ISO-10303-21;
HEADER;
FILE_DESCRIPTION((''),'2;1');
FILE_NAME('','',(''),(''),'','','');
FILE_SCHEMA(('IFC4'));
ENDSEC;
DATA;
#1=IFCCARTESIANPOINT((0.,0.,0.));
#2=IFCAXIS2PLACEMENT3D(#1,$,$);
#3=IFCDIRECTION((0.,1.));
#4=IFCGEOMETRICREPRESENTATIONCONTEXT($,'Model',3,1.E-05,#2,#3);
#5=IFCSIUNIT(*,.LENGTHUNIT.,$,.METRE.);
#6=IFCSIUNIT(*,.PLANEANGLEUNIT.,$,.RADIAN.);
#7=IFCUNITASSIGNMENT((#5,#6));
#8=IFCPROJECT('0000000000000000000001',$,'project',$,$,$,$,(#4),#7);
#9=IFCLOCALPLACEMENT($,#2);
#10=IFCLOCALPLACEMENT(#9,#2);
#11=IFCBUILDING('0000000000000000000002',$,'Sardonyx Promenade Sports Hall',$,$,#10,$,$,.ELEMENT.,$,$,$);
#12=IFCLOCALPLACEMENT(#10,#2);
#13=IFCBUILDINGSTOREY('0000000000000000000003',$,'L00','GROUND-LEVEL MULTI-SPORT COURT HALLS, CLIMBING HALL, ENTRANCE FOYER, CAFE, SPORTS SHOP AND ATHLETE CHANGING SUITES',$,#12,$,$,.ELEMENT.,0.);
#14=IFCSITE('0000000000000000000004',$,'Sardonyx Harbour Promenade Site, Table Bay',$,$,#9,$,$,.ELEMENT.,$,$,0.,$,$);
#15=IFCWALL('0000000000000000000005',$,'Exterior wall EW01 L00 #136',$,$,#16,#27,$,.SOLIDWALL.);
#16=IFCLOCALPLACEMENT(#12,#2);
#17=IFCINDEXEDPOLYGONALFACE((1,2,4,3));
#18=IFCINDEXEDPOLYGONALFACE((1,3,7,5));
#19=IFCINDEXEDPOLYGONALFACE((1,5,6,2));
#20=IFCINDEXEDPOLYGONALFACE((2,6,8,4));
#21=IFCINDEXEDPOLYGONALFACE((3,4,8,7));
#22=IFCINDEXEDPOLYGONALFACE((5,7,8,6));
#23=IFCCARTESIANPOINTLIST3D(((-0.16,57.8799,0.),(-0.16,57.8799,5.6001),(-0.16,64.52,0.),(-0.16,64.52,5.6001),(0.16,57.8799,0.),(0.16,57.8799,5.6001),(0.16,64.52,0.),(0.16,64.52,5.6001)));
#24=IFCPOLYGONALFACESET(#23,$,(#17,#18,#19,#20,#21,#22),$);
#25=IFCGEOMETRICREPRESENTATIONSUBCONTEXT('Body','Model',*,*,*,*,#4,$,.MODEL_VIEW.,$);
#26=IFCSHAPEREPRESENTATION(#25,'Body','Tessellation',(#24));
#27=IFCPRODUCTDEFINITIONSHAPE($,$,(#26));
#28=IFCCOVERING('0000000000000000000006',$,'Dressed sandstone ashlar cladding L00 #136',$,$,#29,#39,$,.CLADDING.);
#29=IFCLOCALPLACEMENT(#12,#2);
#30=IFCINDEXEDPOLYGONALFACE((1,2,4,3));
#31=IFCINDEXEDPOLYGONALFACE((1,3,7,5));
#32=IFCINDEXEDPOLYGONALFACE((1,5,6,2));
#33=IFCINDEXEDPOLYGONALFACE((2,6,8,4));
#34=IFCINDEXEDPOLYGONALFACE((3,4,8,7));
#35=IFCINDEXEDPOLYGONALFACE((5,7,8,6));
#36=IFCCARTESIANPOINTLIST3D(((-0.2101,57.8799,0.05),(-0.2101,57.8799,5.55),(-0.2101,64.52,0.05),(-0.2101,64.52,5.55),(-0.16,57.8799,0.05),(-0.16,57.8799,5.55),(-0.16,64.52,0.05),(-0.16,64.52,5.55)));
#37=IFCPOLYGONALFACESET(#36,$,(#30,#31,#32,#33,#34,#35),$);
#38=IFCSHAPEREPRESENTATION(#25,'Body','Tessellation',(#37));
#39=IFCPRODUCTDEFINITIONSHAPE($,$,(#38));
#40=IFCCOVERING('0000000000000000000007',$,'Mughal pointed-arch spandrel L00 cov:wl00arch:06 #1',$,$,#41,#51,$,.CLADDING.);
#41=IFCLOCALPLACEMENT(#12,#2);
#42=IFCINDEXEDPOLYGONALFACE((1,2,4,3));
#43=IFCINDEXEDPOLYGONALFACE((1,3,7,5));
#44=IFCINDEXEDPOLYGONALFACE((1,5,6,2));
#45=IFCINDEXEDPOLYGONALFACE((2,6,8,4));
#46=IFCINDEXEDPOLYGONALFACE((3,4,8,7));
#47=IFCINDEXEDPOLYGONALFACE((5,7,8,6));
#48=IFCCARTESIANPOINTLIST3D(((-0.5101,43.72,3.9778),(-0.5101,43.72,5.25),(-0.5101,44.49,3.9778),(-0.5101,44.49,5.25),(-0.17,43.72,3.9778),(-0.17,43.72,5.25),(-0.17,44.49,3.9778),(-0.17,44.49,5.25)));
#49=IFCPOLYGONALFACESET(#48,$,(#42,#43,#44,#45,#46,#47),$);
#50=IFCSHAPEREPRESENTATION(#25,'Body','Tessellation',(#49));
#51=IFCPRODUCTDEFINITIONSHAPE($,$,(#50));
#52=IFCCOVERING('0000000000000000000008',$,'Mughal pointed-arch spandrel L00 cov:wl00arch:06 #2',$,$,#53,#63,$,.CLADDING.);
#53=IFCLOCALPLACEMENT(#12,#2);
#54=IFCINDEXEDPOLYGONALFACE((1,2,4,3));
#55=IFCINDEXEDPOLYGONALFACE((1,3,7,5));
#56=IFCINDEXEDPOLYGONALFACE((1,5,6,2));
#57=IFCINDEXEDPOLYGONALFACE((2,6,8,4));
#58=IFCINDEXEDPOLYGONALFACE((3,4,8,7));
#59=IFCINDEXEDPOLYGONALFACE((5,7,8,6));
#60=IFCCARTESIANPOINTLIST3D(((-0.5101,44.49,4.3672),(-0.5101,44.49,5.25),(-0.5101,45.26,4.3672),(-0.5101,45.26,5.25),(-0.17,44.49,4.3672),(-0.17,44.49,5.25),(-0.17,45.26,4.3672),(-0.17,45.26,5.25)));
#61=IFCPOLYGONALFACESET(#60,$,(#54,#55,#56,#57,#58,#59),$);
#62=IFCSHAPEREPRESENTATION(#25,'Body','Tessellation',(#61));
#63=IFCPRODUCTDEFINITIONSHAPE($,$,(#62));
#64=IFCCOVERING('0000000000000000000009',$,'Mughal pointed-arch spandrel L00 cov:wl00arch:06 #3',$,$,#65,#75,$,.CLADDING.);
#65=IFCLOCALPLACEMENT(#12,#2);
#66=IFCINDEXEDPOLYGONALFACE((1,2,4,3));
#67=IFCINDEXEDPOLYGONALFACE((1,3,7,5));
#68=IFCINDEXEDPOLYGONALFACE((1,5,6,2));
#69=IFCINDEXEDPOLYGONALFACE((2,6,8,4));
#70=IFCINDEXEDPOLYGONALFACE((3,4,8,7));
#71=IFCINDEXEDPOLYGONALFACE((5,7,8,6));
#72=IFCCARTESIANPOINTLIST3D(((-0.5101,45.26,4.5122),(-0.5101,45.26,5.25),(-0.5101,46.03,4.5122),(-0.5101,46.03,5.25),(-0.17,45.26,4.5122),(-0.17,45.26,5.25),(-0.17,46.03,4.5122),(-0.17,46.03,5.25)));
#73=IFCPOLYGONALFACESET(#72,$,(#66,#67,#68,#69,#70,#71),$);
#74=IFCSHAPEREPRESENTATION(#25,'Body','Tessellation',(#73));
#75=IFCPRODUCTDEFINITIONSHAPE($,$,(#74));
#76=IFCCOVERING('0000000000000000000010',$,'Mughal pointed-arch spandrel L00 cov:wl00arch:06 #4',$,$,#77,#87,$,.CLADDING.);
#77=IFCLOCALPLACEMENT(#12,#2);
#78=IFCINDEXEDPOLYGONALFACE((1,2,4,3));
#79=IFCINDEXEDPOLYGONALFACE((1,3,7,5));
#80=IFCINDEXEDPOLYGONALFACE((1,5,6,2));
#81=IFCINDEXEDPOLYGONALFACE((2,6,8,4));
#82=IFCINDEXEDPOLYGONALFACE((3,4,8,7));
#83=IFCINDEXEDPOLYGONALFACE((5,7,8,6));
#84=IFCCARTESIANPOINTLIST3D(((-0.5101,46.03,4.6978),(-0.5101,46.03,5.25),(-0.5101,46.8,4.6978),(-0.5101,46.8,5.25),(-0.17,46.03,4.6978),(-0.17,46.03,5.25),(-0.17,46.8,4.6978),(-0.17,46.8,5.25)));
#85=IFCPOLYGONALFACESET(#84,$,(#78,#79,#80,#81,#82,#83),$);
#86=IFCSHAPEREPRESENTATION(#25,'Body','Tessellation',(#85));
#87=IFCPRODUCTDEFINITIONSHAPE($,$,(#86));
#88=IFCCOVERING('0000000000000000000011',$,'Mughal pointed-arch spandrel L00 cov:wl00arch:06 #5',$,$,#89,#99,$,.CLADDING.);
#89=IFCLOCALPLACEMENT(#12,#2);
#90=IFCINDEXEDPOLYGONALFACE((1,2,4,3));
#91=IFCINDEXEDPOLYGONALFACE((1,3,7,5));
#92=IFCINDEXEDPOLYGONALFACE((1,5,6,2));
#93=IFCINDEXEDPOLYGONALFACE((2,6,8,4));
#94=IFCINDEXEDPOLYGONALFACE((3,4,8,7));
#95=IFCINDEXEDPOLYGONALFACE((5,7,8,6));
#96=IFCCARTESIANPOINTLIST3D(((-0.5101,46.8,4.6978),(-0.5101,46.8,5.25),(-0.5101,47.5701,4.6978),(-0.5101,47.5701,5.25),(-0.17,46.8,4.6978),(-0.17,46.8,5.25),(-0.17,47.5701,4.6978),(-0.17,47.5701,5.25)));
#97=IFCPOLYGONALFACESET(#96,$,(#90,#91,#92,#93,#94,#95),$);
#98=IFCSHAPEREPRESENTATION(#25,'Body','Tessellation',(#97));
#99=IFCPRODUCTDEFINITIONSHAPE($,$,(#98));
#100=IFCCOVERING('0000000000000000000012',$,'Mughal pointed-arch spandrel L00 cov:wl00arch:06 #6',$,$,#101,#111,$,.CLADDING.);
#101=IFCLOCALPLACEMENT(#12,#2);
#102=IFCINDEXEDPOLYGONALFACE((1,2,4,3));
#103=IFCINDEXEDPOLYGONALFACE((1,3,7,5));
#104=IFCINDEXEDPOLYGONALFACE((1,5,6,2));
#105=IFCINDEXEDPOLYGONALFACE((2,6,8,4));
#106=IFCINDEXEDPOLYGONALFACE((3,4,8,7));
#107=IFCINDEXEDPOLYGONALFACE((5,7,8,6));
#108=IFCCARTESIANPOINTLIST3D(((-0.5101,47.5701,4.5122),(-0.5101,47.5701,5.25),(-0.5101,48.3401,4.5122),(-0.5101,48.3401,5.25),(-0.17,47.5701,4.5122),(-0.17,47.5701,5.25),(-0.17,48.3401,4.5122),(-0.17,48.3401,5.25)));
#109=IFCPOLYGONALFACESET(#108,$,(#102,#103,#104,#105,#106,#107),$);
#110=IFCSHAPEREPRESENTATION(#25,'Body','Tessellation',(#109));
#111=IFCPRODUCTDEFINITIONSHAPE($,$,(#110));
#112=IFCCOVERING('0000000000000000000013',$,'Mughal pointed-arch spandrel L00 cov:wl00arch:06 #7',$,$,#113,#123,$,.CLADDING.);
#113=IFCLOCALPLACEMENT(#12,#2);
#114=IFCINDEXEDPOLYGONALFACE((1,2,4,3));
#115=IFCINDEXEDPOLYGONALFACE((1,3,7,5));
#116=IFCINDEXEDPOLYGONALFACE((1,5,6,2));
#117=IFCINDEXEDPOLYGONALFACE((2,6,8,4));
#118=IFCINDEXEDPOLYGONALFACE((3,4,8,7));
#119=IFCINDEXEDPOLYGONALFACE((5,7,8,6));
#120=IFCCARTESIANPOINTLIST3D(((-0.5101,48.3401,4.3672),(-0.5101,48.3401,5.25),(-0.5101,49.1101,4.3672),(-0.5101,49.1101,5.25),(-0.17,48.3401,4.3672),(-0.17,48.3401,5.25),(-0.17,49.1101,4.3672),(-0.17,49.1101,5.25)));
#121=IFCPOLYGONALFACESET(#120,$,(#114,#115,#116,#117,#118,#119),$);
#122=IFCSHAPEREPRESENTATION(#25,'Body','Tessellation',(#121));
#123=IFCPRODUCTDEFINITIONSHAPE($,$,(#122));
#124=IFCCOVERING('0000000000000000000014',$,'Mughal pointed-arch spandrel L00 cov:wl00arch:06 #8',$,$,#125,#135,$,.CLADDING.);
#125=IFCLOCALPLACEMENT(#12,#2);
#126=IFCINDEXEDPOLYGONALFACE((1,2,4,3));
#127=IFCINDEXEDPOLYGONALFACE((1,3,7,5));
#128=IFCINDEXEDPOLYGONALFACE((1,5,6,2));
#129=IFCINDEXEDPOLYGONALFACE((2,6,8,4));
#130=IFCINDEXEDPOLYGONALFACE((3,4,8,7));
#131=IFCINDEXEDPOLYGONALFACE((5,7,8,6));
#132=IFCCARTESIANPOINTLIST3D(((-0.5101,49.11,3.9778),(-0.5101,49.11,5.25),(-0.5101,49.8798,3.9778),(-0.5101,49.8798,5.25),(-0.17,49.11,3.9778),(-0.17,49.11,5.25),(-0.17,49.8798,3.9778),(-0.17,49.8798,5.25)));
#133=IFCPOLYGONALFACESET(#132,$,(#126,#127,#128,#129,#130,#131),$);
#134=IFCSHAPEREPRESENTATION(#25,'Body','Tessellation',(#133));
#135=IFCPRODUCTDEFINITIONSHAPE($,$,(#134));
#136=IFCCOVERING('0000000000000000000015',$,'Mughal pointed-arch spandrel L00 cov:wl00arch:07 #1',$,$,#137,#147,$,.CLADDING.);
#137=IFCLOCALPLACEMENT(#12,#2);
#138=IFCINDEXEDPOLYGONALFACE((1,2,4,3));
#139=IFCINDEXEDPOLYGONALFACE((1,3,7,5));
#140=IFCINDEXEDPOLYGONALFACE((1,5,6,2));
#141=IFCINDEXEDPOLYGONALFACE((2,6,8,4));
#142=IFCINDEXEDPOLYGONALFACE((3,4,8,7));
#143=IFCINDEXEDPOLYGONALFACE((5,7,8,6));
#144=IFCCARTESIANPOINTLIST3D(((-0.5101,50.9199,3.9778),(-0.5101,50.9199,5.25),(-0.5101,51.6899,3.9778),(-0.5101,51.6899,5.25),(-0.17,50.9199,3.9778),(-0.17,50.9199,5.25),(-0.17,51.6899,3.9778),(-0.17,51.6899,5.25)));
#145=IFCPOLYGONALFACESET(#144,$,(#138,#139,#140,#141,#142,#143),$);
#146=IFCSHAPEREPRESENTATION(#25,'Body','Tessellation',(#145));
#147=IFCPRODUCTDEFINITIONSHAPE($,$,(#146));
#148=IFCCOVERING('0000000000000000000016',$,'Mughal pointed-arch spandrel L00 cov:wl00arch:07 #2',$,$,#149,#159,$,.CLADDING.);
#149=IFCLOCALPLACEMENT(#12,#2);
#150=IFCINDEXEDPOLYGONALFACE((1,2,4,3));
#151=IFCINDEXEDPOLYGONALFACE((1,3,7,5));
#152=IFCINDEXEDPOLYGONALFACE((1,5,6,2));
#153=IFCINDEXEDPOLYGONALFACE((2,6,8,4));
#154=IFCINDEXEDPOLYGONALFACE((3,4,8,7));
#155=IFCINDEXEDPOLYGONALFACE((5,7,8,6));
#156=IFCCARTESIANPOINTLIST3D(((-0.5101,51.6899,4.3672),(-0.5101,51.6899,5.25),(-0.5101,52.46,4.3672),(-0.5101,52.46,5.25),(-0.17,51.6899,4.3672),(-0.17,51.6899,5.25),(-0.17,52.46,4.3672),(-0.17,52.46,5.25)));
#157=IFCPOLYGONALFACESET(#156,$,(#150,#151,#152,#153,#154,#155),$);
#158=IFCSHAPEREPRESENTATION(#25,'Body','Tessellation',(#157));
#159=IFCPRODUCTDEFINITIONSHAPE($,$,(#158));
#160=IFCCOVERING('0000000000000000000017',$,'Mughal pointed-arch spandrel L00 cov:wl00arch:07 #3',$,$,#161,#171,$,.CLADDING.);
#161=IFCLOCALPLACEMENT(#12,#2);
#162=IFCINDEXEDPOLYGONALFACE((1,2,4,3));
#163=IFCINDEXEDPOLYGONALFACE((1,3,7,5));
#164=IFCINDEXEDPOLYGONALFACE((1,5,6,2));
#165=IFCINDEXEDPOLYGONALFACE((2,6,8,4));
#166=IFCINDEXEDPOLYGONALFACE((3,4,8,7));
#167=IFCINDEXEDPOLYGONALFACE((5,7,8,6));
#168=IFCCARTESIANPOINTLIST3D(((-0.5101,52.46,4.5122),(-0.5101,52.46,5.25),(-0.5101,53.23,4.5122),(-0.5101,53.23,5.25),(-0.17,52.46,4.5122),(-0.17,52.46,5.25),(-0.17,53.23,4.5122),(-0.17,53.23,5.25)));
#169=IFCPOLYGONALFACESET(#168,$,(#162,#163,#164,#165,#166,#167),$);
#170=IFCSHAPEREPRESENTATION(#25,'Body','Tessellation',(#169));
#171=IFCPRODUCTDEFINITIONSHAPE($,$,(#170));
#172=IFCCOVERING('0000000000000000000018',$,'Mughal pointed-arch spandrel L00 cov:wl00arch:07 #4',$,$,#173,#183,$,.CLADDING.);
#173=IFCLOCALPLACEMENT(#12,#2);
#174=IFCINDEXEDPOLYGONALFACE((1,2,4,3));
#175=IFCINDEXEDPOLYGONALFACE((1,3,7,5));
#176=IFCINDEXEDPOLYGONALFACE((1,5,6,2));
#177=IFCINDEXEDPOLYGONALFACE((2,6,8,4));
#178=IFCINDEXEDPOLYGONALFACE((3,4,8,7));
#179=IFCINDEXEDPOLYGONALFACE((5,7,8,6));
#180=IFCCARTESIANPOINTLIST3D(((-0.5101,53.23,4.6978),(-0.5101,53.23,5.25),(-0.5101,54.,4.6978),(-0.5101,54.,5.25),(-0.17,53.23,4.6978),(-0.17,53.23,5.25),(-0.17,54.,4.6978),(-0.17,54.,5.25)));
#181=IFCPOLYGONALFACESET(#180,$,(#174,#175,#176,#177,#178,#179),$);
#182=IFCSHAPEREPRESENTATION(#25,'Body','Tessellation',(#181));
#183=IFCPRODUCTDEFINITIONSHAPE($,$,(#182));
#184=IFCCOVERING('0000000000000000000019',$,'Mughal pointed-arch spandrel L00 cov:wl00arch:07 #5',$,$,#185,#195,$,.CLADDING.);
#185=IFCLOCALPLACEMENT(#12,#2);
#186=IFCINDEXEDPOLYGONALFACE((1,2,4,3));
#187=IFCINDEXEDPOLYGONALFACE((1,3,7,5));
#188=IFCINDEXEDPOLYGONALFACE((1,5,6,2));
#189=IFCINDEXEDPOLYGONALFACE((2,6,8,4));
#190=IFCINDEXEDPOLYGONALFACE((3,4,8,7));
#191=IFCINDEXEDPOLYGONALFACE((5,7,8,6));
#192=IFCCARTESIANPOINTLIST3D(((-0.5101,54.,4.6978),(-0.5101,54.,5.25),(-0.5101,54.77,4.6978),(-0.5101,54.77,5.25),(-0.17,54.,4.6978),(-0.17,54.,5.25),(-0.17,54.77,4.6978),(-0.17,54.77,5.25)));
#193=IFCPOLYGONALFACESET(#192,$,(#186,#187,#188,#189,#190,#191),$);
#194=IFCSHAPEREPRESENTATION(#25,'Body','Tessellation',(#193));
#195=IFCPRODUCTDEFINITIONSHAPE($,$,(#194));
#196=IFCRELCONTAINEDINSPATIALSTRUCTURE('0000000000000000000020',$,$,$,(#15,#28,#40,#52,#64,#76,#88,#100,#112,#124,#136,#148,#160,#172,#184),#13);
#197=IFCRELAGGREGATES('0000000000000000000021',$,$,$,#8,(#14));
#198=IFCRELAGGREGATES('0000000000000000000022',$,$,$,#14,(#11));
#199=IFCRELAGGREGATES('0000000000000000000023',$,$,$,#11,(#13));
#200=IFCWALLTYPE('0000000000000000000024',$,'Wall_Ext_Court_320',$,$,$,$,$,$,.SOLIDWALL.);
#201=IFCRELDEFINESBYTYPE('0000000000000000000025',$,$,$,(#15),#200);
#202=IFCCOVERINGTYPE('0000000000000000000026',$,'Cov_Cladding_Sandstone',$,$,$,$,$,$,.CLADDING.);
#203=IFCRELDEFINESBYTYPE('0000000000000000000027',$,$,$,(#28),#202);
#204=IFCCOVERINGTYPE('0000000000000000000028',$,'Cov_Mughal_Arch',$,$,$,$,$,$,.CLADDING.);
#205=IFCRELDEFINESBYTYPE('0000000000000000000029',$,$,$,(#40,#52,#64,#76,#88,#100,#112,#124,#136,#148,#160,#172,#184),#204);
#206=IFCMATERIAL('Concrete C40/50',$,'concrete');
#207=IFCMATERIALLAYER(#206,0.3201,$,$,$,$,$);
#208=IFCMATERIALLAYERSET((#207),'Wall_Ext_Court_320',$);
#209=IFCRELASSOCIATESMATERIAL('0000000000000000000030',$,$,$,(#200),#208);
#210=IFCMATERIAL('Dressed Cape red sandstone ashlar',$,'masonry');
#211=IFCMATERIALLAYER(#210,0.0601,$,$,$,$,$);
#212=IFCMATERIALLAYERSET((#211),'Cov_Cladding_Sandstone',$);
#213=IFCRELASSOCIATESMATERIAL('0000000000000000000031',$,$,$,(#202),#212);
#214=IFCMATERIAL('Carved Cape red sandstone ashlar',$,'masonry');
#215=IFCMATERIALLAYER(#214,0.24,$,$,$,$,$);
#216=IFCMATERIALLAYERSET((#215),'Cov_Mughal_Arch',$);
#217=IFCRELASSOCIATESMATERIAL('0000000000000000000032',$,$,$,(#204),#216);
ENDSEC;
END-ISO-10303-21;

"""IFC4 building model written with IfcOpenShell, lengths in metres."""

from ifc_helpers import new_model, si_unit, direction, frame, frame_2d, origin, place, context, subcontext, project, spatial, rectangle, extrude, material, layer, layer_set, type_object, element, save


model = new_model("IFC4")

# Units and contexts
model_context = context("Model", 3, precision=1e-05, world=origin(), true_north=direction((0.0, 1.0)))
body_context = subcontext(model_context, "Body", "Model", "MODEL_VIEW")
ifc_project = project(units=[si_unit("LENGTHUNIT", "METRE"), si_unit("PLANEANGLEUNIT", "RADIAN")], contexts=[model_context])

# Site, building, storey
site_placement = place(None, origin())
site = spatial("IfcSite", under=ifc_project, at=site_placement, Name="Sardonyx Harbour Promenade Site, Table Bay", CompositionType="ELEMENT", RefElevation=0.0)
building_placement = place(site_placement, origin())
building = spatial("IfcBuilding", under=site, at=building_placement, Name="Sardonyx Promenade Sports Hall", CompositionType="ELEMENT")
storey_placement = place(building_placement, origin())
storey = spatial("IfcBuildingStorey", under=building, at=storey_placement, Name="L00", Description="GROUND-LEVEL MULTI-SPORT COURT HALLS, CLIMBING HALL, ENTRANCE FOYER, CAFE, SPORTS SHOP AND ATHLETE CHANGING SUITES", CompositionType="ELEMENT", Elevation=0.0)

# Shared definitions
ifc_material_1 = material(Name="Concrete C40/50", Category="concrete")
ifc_layer_1 = layer(ifc_material_1, 0.3201)
ifc_layer_set_1 = layer_set([ifc_layer_1], Name="Wall_Ext_Court_320")
wall_type = type_object("IfcWallType", Name="Wall_Ext_Court_320", PredefinedType="SOLIDWALL", material=ifc_layer_set_1)

# Wall
wall_1_placement = place(storey_placement, frame((0.0, 57.8799, 0.0), z_axis=(0.0, 0.0, 1.0), x_axis=(0.0, 1.0, 0.0)))
element("IfcWall", 1, at=wall_1_placement, inside=storey, type_object=wall_type, Name="Exterior wall EW01 L00 #136", PredefinedType="SOLIDWALL", context=body_context, shape_type="SweptSolid", body=[
    extrude(rectangle(XDim=6.6401, YDim=0.3201, at=frame_2d((3.3201, 0.0))), origin(), (0.0, 0.0, 1.0), 5.6001),
])

# Coverings
ifc_material_2 = material(Name="Dressed Cape red sandstone ashlar", Category="masonry")
ifc_layer_2 = layer(ifc_material_2, 0.0601)
ifc_layer_set_2 = layer_set([ifc_layer_2], Name="Cov_Cladding_Sandstone")
covering_type_1 = type_object("IfcCoveringType", Name="Cov_Cladding_Sandstone", PredefinedType="CLADDING", material=ifc_layer_set_2)
covering_1_placement = place(storey_placement, frame((-0.1851, 57.8799, 0.05), z_axis=(0.0, 0.0, 1.0), x_axis=(0.0, 1.0, 0.0)))
element("IfcCovering", 2, at=covering_1_placement, inside=storey, type_object=covering_type_1, Name="Dressed sandstone ashlar cladding L00 #136", PredefinedType="CLADDING", context=body_context, shape_type="SweptSolid", body=[
    extrude(rectangle(XDim=6.6401, YDim=0.05, at=frame_2d((3.3201, 0.0))), origin(), (0.0, 0.0, 1.0), 5.5),
])
ifc_material_3 = material(Name="Carved Cape red sandstone ashlar", Category="masonry")
ifc_layer_3 = layer(ifc_material_3, 0.24)
ifc_layer_set_3 = layer_set([ifc_layer_3], Name="Cov_Mughal_Arch")
covering_type_2 = type_object("IfcCoveringType", Name="Cov_Mughal_Arch", PredefinedType="CLADDING", material=ifc_layer_set_3)
covering_2_placement = place(storey_placement, frame((-0.3401, 43.72, 3.9778), z_axis=(0.0, 0.0, 1.0), x_axis=(0.0, 1.0, 0.0)))
element("IfcCovering", 3, at=covering_2_placement, inside=storey, type_object=covering_type_2, Name="Mughal pointed-arch spandrel L00 cov:wl00arch:06 #1", PredefinedType="CLADDING", context=body_context, shape_type="SweptSolid", body=[
    extrude(rectangle(XDim=0.77, YDim=0.3401, at=frame_2d((0.385, 0.0))), origin(), (0.0, 0.0, 1.0), 1.2722),
])
covering_3_placement = place(storey_placement, frame((-0.3401, 44.49, 4.3672), z_axis=(0.0, 0.0, 1.0), x_axis=(0.0, 1.0, 0.0)))
element("IfcCovering", 4, at=covering_3_placement, inside=storey, type_object=covering_type_2, Name="Mughal pointed-arch spandrel L00 cov:wl00arch:06 #2", PredefinedType="CLADDING", context=body_context, shape_type="SweptSolid", body=[
    extrude(rectangle(XDim=0.77, YDim=0.3401, at=frame_2d((0.385, 0.0))), origin(), (0.0, 0.0, 1.0), 0.8828),
])
covering_4_placement = place(storey_placement, frame((-0.3401, 45.26, 4.5122), z_axis=(0.0, 0.0, 1.0), x_axis=(0.0, 1.0, 0.0)))
element("IfcCovering", 5, at=covering_4_placement, inside=storey, type_object=covering_type_2, Name="Mughal pointed-arch spandrel L00 cov:wl00arch:06 #3", PredefinedType="CLADDING", context=body_context, shape_type="SweptSolid", body=[
    extrude(rectangle(XDim=0.77, YDim=0.3401, at=frame_2d((0.385, 0.0))), origin(), (0.0, 0.0, 1.0), 0.7378),
])
for number, where, z_axis, x_axis, name in (
    (6, (-0.3401, 46.03, 4.6978), (0.0, 0.0, 1.0), (0.0, 1.0, 0.0), "Mughal pointed-arch spandrel L00 cov:wl00arch:06 #4"),
    (7, (-0.3401, 46.8, 4.6978), (0.0, 0.0, 1.0), (0.0, 1.0, 0.0), "Mughal pointed-arch spandrel L00 cov:wl00arch:06 #5"),
):
    element("IfcCovering", number, at=place(storey_placement, frame(where, z_axis=z_axis, x_axis=x_axis)), inside=storey, type_object=covering_type_2, Name=name, PredefinedType="CLADDING", context=body_context, shape_type="SweptSolid", body=[
        extrude(rectangle(XDim=0.77, YDim=0.3401, at=frame_2d((0.385, 0.0))), origin(), (0.0, 0.0, 1.0), 0.5522),
    ])
covering_5_placement = place(storey_placement, frame((-0.3401, 47.5701, 4.5122), z_axis=(0.0, 0.0, 1.0), x_axis=(0.0, 1.0, 0.0)))
element("IfcCovering", 8, at=covering_5_placement, inside=storey, type_object=covering_type_2, Name="Mughal pointed-arch spandrel L00 cov:wl00arch:06 #6", PredefinedType="CLADDING", context=body_context, shape_type="SweptSolid", body=[
    extrude(rectangle(XDim=0.77, YDim=0.3401, at=frame_2d((0.385, 0.0))), origin(), (0.0, 0.0, 1.0), 0.7378),
])
covering_6_placement = place(storey_placement, frame((-0.3401, 48.3401, 4.3672), z_axis=(0.0, 0.0, 1.0), x_axis=(0.0, 1.0, 0.0)))
element("IfcCovering", 9, at=covering_6_placement, inside=storey, type_object=covering_type_2, Name="Mughal pointed-arch spandrel L00 cov:wl00arch:06 #7", PredefinedType="CLADDING", context=body_context, shape_type="SweptSolid", body=[
    extrude(rectangle(XDim=0.77, YDim=0.3401, at=frame_2d((0.385, 0.0))), origin(), (0.0, 0.0, 1.0), 0.8828),
])
covering_7_placement = place(storey_placement, frame((-0.3401, 49.1101, 3.9778), z_axis=(0.0, 0.0, 1.0), x_axis=(0.0, 1.0, 0.0)))
element("IfcCovering", 10, at=covering_7_placement, inside=storey, type_object=covering_type_2, Name="Mughal pointed-arch spandrel L00 cov:wl00arch:06 #8", PredefinedType="CLADDING", context=body_context, shape_type="SweptSolid", body=[
    extrude(rectangle(XDim=0.7698, YDim=0.3401, at=frame_2d((0.3848, 0.0))), origin(), (0.0, 0.0, 1.0), 1.2722),
])
covering_8_placement = place(storey_placement, frame((-0.3401, 50.9199, 3.9778), z_axis=(0.0, 0.0, 1.0), x_axis=(0.0, 1.0, 0.0)))
element("IfcCovering", 11, at=covering_8_placement, inside=storey, type_object=covering_type_2, Name="Mughal pointed-arch spandrel L00 cov:wl00arch:07 #1", PredefinedType="CLADDING", context=body_context, shape_type="SweptSolid", body=[
    extrude(rectangle(XDim=0.77, YDim=0.3401, at=frame_2d((0.385, 0.0))), origin(), (0.0, 0.0, 1.0), 1.2722),
])
covering_9_placement = place(storey_placement, frame((-0.3401, 51.6899, 4.3672), z_axis=(0.0, 0.0, 1.0), x_axis=(0.0, 1.0, 0.0)))
element("IfcCovering", 12, at=covering_9_placement, inside=storey, type_object=covering_type_2, Name="Mughal pointed-arch spandrel L00 cov:wl00arch:07 #2", PredefinedType="CLADDING", context=body_context, shape_type="SweptSolid", body=[
    extrude(rectangle(XDim=0.77, YDim=0.3401, at=frame_2d((0.385, 0.0))), origin(), (0.0, 0.0, 1.0), 0.8828),
])
covering_10_placement = place(storey_placement, frame((-0.3401, 52.46, 4.5122), z_axis=(0.0, 0.0, 1.0), x_axis=(0.0, 1.0, 0.0)))
element("IfcCovering", 13, at=covering_10_placement, inside=storey, type_object=covering_type_2, Name="Mughal pointed-arch spandrel L00 cov:wl00arch:07 #3", PredefinedType="CLADDING", context=body_context, shape_type="SweptSolid", body=[
    extrude(rectangle(XDim=0.77, YDim=0.3401, at=frame_2d((0.385, 0.0))), origin(), (0.0, 0.0, 1.0), 0.7378),
])
for number, where, z_axis, x_axis, name in (
    (14, (-0.3401, 53.23, 4.6978), (0.0, 0.0, 1.0), (0.0, 1.0, 0.0), "Mughal pointed-arch spandrel L00 cov:wl00arch:07 #4"),
    (15, (-0.3401, 54.0, 4.6978), (0.0, 0.0, 1.0), (0.0, 1.0, 0.0), "Mughal pointed-arch spandrel L00 cov:wl00arch:07 #5"),
):
    element("IfcCovering", number, at=place(storey_placement, frame(where, z_axis=z_axis, x_axis=x_axis)), inside=storey, type_object=covering_type_2, Name=name, PredefinedType="CLADDING", context=body_context, shape_type="SweptSolid", body=[
        extrude(rectangle(XDim=0.77, YDim=0.3401, at=frame_2d((0.385, 0.0))), origin(), (0.0, 0.0, 1.0), 0.5522),
    ])

save(model, "model.ifc")
